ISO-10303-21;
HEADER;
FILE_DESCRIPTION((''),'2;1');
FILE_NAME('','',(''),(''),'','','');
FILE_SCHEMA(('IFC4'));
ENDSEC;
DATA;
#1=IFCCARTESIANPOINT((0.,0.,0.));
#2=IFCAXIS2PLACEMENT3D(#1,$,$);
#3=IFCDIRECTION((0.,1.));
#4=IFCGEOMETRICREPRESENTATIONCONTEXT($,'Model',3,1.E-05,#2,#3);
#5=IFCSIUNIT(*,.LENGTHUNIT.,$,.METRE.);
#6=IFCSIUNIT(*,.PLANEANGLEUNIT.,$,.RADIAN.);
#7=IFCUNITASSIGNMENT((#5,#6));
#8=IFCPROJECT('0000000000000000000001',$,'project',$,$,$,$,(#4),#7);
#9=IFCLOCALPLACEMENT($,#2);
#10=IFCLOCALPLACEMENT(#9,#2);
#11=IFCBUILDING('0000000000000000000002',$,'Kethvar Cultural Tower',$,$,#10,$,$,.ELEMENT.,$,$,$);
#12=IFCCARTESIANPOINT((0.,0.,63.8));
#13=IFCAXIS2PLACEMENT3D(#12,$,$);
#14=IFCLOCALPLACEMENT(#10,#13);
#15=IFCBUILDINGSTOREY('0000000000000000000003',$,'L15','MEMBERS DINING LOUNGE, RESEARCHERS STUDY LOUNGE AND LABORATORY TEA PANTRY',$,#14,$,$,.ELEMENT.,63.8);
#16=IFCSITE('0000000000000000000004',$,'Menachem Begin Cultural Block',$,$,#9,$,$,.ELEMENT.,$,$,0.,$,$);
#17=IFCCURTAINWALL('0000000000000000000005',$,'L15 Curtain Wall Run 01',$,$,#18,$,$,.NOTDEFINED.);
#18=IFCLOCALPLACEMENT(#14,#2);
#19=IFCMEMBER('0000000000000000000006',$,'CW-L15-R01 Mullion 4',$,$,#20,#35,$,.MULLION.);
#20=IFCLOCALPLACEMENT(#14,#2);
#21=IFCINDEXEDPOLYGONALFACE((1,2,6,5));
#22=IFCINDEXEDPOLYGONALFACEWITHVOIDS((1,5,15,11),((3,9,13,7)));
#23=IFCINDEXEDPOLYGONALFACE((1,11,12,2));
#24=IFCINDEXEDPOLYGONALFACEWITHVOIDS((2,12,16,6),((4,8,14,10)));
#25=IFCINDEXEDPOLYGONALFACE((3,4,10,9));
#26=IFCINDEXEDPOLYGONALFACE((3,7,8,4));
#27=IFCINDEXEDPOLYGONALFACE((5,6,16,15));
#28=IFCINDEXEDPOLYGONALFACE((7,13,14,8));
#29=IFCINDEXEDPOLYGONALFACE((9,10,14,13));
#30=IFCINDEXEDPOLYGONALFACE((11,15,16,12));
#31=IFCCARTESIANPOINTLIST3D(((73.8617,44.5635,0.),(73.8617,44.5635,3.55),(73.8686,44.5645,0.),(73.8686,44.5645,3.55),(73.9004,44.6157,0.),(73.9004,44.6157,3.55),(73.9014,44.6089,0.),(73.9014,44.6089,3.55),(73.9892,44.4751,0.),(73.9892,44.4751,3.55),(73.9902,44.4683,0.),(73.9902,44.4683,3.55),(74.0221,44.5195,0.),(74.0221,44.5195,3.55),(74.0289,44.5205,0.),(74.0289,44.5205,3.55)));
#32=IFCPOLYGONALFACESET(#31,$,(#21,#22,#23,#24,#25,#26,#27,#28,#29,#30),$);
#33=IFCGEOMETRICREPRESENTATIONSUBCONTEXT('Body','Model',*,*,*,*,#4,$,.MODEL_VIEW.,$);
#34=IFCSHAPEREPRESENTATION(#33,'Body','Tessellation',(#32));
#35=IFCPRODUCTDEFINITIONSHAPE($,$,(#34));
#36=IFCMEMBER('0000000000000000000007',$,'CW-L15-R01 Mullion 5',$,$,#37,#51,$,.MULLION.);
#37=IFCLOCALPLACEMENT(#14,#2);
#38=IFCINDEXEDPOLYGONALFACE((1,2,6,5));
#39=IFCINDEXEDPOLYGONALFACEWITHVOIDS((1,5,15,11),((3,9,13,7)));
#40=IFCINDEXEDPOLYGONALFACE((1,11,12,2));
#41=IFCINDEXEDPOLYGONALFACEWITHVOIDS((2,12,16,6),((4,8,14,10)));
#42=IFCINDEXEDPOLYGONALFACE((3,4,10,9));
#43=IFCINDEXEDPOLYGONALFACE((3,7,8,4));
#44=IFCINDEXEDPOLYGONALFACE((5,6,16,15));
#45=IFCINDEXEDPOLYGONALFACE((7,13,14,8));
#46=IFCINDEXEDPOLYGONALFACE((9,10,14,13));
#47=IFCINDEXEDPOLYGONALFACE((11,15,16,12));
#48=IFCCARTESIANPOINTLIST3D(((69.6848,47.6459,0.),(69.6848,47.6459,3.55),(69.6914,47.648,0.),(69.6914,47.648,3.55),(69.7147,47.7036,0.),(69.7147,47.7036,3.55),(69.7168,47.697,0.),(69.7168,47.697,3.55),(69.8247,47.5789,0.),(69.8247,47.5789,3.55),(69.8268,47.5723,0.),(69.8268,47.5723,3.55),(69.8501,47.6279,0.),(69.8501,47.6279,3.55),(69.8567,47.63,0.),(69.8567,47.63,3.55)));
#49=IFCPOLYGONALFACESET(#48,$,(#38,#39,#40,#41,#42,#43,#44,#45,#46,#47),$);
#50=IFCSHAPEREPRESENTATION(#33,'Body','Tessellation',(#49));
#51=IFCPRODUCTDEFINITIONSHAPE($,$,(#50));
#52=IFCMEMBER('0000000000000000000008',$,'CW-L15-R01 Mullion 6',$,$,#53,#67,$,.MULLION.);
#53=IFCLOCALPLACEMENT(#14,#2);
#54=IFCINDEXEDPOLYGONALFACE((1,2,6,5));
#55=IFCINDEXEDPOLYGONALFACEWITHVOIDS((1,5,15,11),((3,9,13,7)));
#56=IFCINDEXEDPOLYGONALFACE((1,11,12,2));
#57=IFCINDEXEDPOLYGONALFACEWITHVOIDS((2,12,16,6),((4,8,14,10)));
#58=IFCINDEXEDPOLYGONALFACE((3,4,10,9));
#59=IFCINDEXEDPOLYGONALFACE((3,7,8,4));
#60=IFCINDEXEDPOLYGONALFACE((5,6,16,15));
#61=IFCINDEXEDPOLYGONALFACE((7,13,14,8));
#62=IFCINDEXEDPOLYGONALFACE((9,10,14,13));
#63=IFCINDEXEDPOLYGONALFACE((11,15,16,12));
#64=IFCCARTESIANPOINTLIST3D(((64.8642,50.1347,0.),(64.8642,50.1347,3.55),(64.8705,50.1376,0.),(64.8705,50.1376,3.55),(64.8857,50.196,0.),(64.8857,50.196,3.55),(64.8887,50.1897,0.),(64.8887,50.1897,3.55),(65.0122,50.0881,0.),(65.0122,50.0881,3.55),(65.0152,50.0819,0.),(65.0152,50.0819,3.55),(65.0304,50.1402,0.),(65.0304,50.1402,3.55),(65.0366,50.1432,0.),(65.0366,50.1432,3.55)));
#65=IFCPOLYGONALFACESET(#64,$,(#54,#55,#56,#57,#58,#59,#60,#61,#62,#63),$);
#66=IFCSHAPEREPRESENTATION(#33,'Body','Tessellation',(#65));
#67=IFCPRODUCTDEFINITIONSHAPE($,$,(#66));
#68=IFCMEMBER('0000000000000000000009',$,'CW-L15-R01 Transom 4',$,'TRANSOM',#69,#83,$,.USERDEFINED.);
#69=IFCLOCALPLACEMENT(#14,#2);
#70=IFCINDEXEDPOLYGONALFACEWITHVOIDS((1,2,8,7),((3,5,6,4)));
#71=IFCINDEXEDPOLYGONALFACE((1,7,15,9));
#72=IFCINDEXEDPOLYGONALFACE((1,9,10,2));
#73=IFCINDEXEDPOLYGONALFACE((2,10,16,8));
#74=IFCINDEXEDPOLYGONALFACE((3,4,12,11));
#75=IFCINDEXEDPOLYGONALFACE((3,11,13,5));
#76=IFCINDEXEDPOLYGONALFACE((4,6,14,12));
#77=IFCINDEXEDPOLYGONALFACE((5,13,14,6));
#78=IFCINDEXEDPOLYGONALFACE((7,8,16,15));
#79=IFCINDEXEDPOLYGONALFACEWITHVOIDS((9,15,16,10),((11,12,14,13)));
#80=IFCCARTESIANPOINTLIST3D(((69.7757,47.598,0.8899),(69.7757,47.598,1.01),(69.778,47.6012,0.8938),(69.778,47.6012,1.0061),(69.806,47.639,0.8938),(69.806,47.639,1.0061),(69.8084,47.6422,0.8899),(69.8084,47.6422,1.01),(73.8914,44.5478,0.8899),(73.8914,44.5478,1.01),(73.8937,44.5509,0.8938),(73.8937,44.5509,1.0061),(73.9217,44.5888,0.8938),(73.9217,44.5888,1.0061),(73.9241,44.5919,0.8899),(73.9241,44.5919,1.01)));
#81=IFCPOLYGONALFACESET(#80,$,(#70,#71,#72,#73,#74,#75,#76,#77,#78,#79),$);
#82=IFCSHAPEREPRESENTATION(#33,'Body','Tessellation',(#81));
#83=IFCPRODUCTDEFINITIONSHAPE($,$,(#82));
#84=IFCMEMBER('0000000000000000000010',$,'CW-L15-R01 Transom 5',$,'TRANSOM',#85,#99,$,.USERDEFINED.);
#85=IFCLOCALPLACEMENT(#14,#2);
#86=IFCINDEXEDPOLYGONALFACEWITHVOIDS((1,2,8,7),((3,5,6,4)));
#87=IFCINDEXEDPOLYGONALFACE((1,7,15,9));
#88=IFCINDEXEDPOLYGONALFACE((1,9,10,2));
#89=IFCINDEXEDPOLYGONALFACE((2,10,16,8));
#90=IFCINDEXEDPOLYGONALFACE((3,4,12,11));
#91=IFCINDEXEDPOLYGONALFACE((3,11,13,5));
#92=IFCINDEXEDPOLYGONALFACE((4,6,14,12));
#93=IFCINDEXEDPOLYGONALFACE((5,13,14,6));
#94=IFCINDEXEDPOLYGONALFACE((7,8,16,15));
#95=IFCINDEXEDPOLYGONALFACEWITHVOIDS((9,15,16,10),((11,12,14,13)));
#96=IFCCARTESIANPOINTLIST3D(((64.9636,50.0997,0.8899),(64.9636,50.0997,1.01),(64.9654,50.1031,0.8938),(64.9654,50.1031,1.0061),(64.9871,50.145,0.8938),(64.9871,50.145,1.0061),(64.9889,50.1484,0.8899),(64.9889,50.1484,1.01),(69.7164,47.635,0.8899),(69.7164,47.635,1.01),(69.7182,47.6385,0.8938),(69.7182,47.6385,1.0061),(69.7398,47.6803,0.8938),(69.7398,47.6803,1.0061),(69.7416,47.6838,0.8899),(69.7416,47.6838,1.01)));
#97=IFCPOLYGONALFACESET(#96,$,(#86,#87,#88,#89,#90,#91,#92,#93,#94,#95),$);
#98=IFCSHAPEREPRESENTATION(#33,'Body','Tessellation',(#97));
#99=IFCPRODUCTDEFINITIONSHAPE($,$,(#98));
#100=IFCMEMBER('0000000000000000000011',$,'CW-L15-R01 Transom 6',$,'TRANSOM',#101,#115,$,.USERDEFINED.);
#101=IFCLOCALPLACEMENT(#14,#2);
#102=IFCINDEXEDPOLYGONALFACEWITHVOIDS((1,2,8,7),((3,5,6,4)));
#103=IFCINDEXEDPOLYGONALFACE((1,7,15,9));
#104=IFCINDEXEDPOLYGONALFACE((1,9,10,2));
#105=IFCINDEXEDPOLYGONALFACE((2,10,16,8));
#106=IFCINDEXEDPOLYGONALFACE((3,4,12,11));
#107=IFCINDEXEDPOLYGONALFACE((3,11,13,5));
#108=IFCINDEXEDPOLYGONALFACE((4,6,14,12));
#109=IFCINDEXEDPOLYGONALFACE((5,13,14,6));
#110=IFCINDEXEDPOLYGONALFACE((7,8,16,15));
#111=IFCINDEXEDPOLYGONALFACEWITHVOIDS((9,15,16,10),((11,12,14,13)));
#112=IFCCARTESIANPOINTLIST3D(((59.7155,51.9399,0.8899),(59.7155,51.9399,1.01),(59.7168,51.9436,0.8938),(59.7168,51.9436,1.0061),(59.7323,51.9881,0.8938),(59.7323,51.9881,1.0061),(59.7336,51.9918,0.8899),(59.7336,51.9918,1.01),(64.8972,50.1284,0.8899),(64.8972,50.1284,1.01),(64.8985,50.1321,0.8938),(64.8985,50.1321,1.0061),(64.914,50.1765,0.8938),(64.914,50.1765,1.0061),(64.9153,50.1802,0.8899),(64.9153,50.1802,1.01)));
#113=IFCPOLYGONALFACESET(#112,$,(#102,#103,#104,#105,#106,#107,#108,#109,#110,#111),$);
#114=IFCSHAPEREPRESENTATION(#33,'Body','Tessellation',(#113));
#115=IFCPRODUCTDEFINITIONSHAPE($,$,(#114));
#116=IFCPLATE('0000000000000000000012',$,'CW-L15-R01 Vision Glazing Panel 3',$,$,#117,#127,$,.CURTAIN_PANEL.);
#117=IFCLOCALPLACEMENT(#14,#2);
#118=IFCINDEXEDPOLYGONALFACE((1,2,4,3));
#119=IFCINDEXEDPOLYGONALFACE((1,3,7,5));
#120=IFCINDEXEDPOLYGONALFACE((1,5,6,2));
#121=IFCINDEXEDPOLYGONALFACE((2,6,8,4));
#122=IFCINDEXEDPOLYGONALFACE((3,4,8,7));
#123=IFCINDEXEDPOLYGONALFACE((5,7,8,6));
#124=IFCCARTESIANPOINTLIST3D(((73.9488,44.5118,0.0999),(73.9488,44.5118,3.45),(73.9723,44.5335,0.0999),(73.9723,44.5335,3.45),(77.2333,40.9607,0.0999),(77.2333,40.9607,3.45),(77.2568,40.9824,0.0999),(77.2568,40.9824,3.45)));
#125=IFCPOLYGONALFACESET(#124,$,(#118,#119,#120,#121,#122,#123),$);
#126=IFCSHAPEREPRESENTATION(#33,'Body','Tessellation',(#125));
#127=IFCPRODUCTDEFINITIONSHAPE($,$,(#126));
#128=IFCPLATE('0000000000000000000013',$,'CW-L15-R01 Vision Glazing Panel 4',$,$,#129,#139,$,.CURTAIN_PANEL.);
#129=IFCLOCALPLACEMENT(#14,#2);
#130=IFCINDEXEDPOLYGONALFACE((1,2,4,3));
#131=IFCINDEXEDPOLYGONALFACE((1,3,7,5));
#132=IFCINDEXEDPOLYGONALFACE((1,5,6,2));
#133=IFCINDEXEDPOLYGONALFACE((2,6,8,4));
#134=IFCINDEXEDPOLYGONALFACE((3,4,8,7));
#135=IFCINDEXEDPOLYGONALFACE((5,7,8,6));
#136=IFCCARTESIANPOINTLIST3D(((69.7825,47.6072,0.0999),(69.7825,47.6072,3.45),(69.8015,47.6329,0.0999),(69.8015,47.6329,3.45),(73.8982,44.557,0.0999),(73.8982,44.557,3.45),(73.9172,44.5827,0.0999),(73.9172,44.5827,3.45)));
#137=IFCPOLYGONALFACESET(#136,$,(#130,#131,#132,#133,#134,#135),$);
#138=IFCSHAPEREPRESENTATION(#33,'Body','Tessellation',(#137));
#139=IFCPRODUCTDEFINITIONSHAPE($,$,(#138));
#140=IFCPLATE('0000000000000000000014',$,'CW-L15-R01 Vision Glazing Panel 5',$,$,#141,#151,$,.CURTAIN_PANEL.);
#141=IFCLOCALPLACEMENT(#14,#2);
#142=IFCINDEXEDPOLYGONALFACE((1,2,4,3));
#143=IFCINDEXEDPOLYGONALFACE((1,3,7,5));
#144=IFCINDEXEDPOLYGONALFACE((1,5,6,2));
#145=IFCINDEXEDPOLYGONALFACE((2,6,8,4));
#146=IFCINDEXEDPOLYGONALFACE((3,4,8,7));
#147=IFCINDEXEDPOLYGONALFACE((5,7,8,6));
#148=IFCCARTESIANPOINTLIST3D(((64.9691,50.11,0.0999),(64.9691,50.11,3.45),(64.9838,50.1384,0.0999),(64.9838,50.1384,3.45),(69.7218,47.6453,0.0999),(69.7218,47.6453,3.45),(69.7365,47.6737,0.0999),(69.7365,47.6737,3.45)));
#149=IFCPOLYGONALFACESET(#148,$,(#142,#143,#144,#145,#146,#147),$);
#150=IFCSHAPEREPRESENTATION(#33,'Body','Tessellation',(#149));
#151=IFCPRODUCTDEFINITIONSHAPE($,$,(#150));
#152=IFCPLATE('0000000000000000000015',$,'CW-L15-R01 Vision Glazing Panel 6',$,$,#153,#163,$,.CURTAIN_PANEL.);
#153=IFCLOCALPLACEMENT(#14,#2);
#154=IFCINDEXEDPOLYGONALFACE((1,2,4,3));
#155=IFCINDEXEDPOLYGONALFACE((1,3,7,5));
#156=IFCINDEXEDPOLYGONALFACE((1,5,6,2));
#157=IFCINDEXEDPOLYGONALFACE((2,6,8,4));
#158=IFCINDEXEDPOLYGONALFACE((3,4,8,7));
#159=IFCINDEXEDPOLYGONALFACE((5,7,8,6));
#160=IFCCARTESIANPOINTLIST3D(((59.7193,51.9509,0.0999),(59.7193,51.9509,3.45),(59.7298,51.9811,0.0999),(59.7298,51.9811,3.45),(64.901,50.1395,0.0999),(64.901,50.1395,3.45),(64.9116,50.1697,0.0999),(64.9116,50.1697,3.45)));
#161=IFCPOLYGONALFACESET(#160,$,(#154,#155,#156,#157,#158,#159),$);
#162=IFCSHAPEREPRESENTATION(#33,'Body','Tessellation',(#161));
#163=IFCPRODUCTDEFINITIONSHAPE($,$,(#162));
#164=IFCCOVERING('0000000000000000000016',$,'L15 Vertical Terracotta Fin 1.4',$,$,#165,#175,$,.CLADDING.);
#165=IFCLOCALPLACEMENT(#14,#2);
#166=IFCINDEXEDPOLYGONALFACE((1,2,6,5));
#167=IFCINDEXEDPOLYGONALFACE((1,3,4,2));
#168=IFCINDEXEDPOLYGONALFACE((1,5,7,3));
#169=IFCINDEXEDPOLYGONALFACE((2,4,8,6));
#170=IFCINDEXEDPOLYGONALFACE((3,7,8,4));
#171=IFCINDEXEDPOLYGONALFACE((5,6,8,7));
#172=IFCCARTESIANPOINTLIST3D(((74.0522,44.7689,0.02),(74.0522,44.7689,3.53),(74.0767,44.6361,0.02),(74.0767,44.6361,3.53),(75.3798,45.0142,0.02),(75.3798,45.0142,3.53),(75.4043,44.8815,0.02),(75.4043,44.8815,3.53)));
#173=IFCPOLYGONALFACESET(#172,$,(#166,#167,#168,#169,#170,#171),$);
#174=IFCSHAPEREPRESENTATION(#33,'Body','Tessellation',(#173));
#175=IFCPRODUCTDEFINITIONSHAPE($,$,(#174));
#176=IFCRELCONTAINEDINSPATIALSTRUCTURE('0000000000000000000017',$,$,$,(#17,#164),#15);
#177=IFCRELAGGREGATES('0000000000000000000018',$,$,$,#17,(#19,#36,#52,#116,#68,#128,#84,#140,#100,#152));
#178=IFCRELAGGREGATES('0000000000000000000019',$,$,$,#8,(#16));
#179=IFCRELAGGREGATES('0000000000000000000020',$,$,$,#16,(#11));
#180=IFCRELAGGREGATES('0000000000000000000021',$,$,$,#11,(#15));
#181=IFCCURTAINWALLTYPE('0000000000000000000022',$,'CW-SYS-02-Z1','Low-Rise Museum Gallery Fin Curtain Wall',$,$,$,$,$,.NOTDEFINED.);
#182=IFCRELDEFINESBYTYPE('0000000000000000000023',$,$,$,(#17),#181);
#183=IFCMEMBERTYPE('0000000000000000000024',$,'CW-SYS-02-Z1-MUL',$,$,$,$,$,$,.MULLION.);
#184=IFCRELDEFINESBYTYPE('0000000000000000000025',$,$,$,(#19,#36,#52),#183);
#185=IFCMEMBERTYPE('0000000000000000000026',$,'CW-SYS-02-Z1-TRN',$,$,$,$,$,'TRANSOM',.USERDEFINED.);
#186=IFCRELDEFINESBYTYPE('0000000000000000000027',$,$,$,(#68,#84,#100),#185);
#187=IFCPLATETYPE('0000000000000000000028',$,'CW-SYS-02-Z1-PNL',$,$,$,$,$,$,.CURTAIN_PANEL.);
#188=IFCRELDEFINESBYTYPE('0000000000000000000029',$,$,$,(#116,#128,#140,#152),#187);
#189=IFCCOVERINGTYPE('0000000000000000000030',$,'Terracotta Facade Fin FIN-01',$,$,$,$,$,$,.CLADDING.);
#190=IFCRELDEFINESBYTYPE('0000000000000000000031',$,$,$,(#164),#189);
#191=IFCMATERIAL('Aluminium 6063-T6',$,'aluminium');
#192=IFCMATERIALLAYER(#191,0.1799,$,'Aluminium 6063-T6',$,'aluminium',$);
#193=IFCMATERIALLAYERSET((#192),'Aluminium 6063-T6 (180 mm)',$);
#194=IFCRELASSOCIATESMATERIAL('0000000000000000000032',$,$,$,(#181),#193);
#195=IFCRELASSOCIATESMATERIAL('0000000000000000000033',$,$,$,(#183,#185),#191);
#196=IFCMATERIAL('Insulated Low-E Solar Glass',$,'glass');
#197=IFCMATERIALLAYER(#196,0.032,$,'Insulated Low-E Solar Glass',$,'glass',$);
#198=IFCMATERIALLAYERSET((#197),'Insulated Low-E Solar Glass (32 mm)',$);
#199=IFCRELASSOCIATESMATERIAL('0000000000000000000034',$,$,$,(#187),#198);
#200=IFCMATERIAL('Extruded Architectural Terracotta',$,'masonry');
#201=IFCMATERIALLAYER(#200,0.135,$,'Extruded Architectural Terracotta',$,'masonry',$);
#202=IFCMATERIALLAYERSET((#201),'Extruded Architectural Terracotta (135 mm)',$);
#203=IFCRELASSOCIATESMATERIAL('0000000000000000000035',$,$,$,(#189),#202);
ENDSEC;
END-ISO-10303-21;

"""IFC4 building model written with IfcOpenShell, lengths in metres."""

from ifc_helpers import new_model, si_unit, direction, frame, origin, origin_2d, place, context, subcontext, project, spatial, rectangle, hollow_rectangle, extrude, source, transform, mapped, material, layer, layer_set, material_profile, profile_set, type_object, element, aggregate, save


model = new_model("IFC4")

# Units and contexts
model_context = context("Model", 3, precision=1e-05, world=origin(), true_north=direction((0.0, 1.0)))
body_context = subcontext(model_context, "Body", "Model", "MODEL_VIEW")
ifc_project = project(units=[si_unit("LENGTHUNIT", "METRE"), si_unit("PLANEANGLEUNIT", "RADIAN")], contexts=[model_context])

# Site, building, storey
site_placement = place(None, origin())
site = spatial("IfcSite", under=ifc_project, at=site_placement, Name="Menachem Begin Cultural Block", CompositionType="ELEMENT", RefElevation=0.0)
building_placement = place(site_placement, origin())
building = spatial("IfcBuilding", under=site, at=building_placement, Name="Kethvar Cultural Tower", CompositionType="ELEMENT")
storey_placement = place(building_placement, frame((0.0, 0.0, 63.8)))
storey = spatial("IfcBuildingStorey", under=building, at=storey_placement, Name="L15", Description="MEMBERS DINING LOUNGE, RESEARCHERS STUDY LOUNGE AND LABORATORY TEA PANTRY", CompositionType="ELEMENT", Elevation=63.8)

# Curtain wall, members, plates
ifc_material_1 = material(Name="Aluminium 6063-T6", Category="aluminium")
ifc_layer_1 = layer(ifc_material_1, 0.1799, Name="Aluminium 6063-T6", Category="aluminium")
ifc_layer_set_1 = layer_set([ifc_layer_1], Name="Aluminium 6063-T6 (180 mm)")
curtain_wall_type = type_object("IfcCurtainWallType", Name="CW-SYS-02-Z1", Description="Low-Rise Museum Gallery Fin Curtain Wall", PredefinedType="NOTDEFINED", material=ifc_layer_set_1)
curtain_wall_placement = place(storey_placement, origin())
curtain_wall = element("IfcCurtainWall", 1, at=curtain_wall_placement, inside=storey, type_object=curtain_wall_type, Name="L15 Curtain Wall Run 01", PredefinedType="NOTDEFINED")
ifc_material_profile_1 = material_profile(ifc_material_1, hollow_rectangle(XDim=0.0649, YDim=0.1599, WallThickness=0.0049, at=origin_2d()), Name="Aluminium 6063-T6 — RHS160x65x5")
ifc_profile_set_1 = profile_set([ifc_material_profile_1], Name="Aluminium 6063-T6 — RHS160x65x5")
member_type_1 = type_object("IfcMemberType", Name="CW-SYS-02-Z1-MUL", PredefinedType="MULLION", material=ifc_profile_set_1)
shared_shape_1 = source(origin(), body_context, "Body", "SweptSolid", [
    extrude(hollow_rectangle(XDim=0.0649, YDim=0.1599, WallThickness=0.0049, at=origin_2d()), origin(), (0.0, 0.0, 1.0), 3.55),
])
member_1_placement = place(storey_placement, frame((73.9453, 44.542, 0.0), z_axis=(0.0, 0.0, 1.0), x_axis=(-0.595426, -0.80341, 0.0)))
member_1 = element("IfcMember", 2, at=member_1_placement, type_object=member_type_1, Name="CW-L15-R01 Mullion 4", PredefinedType="MULLION", context=body_context, shape_type="MappedRepresentation", body=[
    mapped(shared_shape_1, transform((0.0, 0.0, 0.0), scale=1.0)),
])
member_2_placement = place(storey_placement, frame((69.7708, 47.6379, 0.0), z_axis=(0.0, 0.0, 1.0), x_axis=(-0.46037, -0.887727, 0.0)))
member_2 = element("IfcMember", 3, at=member_2_placement, type_object=member_type_1, Name="CW-L15-R01 Mullion 5", PredefinedType="MULLION", context=body_context, shape_type="MappedRepresentation", body=[
    mapped(shared_shape_1, transform((0.0, 0.0, 0.0), scale=1.0)),
])
member_3_placement = place(storey_placement, frame((64.9504, 50.1389, 0.0), z_axis=(0.0, 0.0, 1.0), x_axis=(-0.330004, -0.94398, 0.0)))
member_3 = element("IfcMember", 4, at=member_3_placement, type_object=member_type_1, Name="CW-L15-R01 Mullion 6", PredefinedType="MULLION", context=body_context, shape_type="MappedRepresentation", body=[
    mapped(shared_shape_1, transform((0.0, 0.0, 0.0), scale=1.0)),
])
ifc_material_profile_2 = material_profile(ifc_material_1, hollow_rectangle(XDim=0.0549, YDim=0.1201, WallThickness=0.0039, at=origin_2d()), Name="Aluminium 6063-T6 — RHS120x55x4")
ifc_profile_set_2 = profile_set([ifc_material_profile_2], Name="Aluminium 6063-T6 — RHS120x55x4")
member_type_2 = type_object("IfcMemberType", Name="CW-SYS-02-Z1-TRN", ElementType="TRANSOM", PredefinedType="USERDEFINED", material=ifc_profile_set_2)
shared_shape_2 = source(origin(), body_context, "Body", "SweptSolid", [
    extrude(hollow_rectangle(XDim=0.0549, YDim=0.1201, WallThickness=0.0039, at=origin_2d()), origin(), (0.0, 0.0, 1.0), 5.1228),
])
member_4_placement = place(storey_placement, frame((73.9077, 44.5698, 0.95), z_axis=(-0.803407, 0.59543, 0.0), x_axis=(-0.59543, -0.803407, 0.0)))
member_4 = element("IfcMember", 5, at=member_4_placement, type_object=member_type_2, Name="CW-L15-R01 Transom 4", ObjectType="TRANSOM", PredefinedType="USERDEFINED", context=body_context, shape_type="MappedRepresentation", body=[
    mapped(shared_shape_2, transform((0.0, 0.0, 0.0), scale=1.0)),
])
shared_shape_3 = source(origin(), body_context, "Body", "SweptSolid", [
    extrude(hollow_rectangle(XDim=0.0549, YDim=0.1201, WallThickness=0.0039, at=origin_2d()), origin(), (0.0, 0.0, 1.0), 5.3538),
])
member_5_placement = place(storey_placement, frame((69.729, 47.6594, 0.95), z_axis=(-0.887736, 0.460353, 0.0), x_axis=(-0.460353, -0.887736, 0.0)))
member_5 = element("IfcMember", 6, at=member_5_placement, type_object=member_type_2, Name="CW-L15-R01 Transom 5", ObjectType="TRANSOM", PredefinedType="USERDEFINED", context=body_context, shape_type="MappedRepresentation", body=[
    mapped(shared_shape_3, transform((0.0, 0.0, 0.0), scale=1.0)),
])
shared_shape_4 = source(origin(), body_context, "Body", "SweptSolid", [
    extrude(hollow_rectangle(XDim=0.0549, YDim=0.1201, WallThickness=0.0039, at=origin_2d()), origin(), (0.0, 0.0, 1.0), 5.4893),
])
member_6_placement = place(storey_placement, frame((64.9062, 50.1543, 0.95), z_axis=(-0.943975, 0.330018, 0.0), x_axis=(-0.330018, -0.943975, 0.0)))
member_6 = element("IfcMember", 7, at=member_6_placement, type_object=member_type_2, Name="CW-L15-R01 Transom 6", ObjectType="TRANSOM", PredefinedType="USERDEFINED", context=body_context, shape_type="MappedRepresentation", body=[
    mapped(shared_shape_4, transform((0.0, 0.0, 0.0), scale=1.0)),
])
ifc_material_2 = material(Name="Insulated Low-E Solar Glass", Category="glass")
ifc_layer_2 = layer(ifc_material_2, 0.032, Name="Insulated Low-E Solar Glass", Category="glass")
ifc_layer_set_2 = layer_set([ifc_layer_2], Name="Insulated Low-E Solar Glass (32 mm)")
plate_type = type_object("IfcPlateType", Name="CW-SYS-02-Z1-PNL", PredefinedType="CURTAIN_PANEL", material=ifc_layer_set_2)
shared_shape_5 = source(origin(), body_context, "Body", "SweptSolid", [
    extrude(rectangle(XDim=4.8372, YDim=0.032, at=origin_2d()), origin(), (0.0, 0.0, 1.0), 3.3501),
])
plate_1_placement = place(storey_placement, frame((75.6028, 42.7471, 0.0999), z_axis=(0.0, 0.0, 1.0), x_axis=(-0.679006, 0.734133, 0.0)))
plate_1 = element("IfcPlate", 8, at=plate_1_placement, type_object=plate_type, Name="CW-L15-R01 Vision Glazing Panel 3", PredefinedType="CURTAIN_PANEL", context=body_context, shape_type="MappedRepresentation", body=[
    mapped(shared_shape_5, transform((0.0, 0.0, 0.0), scale=1.0)),
])
shared_shape_6 = source(origin(), body_context, "Body", "SweptSolid", [
    extrude(rectangle(XDim=5.1228, YDim=0.032, at=origin_2d()), origin(), (0.0, 0.0, 1.0), 3.3501),
])
plate_2_placement = place(storey_placement, frame((71.8499, 46.095, 0.0999), z_axis=(0.0, 0.0, 1.0), x_axis=(-0.80341, 0.595426, 0.0)))
plate_2 = element("IfcPlate", 9, at=plate_2_placement, type_object=plate_type, Name="CW-L15-R01 Vision Glazing Panel 4", PredefinedType="CURTAIN_PANEL", context=body_context, shape_type="MappedRepresentation", body=[
    mapped(shared_shape_6, transform((0.0, 0.0, 0.0), scale=1.0)),
])
shared_shape_7 = source(origin(), body_context, "Body", "SweptSolid", [
    extrude(rectangle(XDim=5.3538, YDim=0.032, at=origin_2d()), origin(), (0.0, 0.0, 1.0), 3.3501),
])
plate_3_placement = place(storey_placement, frame((67.3528, 48.8918, 0.0999), z_axis=(0.0, 0.0, 1.0), x_axis=(-0.887727, 0.46037, 0.0)))
plate_3 = element("IfcPlate", 10, at=plate_3_placement, type_object=plate_type, Name="CW-L15-R01 Vision Glazing Panel 5", PredefinedType="CURTAIN_PANEL", context=body_context, shape_type="MappedRepresentation", body=[
    mapped(shared_shape_7, transform((0.0, 0.0, 0.0), scale=1.0)),
])
shared_shape_8 = source(origin(), body_context, "Body", "SweptSolid", [
    extrude(rectangle(XDim=5.4893, YDim=0.032, at=origin_2d()), origin(), (0.0, 0.0, 1.0), 3.3501),
])
plate_4_placement = place(storey_placement, frame((62.3154, 51.0603, 0.0999), z_axis=(0.0, 0.0, 1.0), x_axis=(-0.94398, 0.330004, 0.0)))
plate_4 = element("IfcPlate", 11, at=plate_4_placement, type_object=plate_type, Name="CW-L15-R01 Vision Glazing Panel 6", PredefinedType="CURTAIN_PANEL", context=body_context, shape_type="MappedRepresentation", body=[
    mapped(shared_shape_8, transform((0.0, 0.0, 0.0), scale=1.0)),
])
aggregate(curtain_wall, [member_1, member_2, member_3, plate_1, member_4, plate_2, member_5, plate_3, member_6, plate_4])

# Covering
ifc_material_3 = material(Name="Extruded Architectural Terracotta", Category="masonry")
ifc_layer_3 = layer(ifc_material_3, 0.135, Name="Extruded Architectural Terracotta", Category="masonry")
ifc_layer_set_3 = layer_set([ifc_layer_3], Name="Extruded Architectural Terracotta (135 mm)")
covering_type = type_object("IfcCoveringType", Name="Terracotta Facade Fin FIN-01", PredefinedType="CLADDING", material=ifc_layer_set_3)
shared_shape_9 = source(origin(), body_context, "Body", "SweptSolid", [
    extrude(rectangle(XDim=1.3501, YDim=0.135, at=origin_2d()), origin(), (0.0, 0.0, 1.0), 3.51),
])
for number, where, z_axis, x_axis, name in (
    (12, (74.7283, 44.8252, 0.02), (0.0, 0.0, 1.0), (0.98335, 0.181721, 0.0), "L15 Vertical Terracotta Fin 1.4"),
):
    element("IfcCovering", number, at=place(storey_placement, frame(where, z_axis=z_axis, x_axis=x_axis)), inside=storey, type_object=covering_type, Name=name, PredefinedType="CLADDING", context=body_context, shape_type="MappedRepresentation", body=[
        mapped(shared_shape_9, transform((0.0, 0.0, 0.0), scale=1.0)),
    ])

save(model, "model.ifc")
